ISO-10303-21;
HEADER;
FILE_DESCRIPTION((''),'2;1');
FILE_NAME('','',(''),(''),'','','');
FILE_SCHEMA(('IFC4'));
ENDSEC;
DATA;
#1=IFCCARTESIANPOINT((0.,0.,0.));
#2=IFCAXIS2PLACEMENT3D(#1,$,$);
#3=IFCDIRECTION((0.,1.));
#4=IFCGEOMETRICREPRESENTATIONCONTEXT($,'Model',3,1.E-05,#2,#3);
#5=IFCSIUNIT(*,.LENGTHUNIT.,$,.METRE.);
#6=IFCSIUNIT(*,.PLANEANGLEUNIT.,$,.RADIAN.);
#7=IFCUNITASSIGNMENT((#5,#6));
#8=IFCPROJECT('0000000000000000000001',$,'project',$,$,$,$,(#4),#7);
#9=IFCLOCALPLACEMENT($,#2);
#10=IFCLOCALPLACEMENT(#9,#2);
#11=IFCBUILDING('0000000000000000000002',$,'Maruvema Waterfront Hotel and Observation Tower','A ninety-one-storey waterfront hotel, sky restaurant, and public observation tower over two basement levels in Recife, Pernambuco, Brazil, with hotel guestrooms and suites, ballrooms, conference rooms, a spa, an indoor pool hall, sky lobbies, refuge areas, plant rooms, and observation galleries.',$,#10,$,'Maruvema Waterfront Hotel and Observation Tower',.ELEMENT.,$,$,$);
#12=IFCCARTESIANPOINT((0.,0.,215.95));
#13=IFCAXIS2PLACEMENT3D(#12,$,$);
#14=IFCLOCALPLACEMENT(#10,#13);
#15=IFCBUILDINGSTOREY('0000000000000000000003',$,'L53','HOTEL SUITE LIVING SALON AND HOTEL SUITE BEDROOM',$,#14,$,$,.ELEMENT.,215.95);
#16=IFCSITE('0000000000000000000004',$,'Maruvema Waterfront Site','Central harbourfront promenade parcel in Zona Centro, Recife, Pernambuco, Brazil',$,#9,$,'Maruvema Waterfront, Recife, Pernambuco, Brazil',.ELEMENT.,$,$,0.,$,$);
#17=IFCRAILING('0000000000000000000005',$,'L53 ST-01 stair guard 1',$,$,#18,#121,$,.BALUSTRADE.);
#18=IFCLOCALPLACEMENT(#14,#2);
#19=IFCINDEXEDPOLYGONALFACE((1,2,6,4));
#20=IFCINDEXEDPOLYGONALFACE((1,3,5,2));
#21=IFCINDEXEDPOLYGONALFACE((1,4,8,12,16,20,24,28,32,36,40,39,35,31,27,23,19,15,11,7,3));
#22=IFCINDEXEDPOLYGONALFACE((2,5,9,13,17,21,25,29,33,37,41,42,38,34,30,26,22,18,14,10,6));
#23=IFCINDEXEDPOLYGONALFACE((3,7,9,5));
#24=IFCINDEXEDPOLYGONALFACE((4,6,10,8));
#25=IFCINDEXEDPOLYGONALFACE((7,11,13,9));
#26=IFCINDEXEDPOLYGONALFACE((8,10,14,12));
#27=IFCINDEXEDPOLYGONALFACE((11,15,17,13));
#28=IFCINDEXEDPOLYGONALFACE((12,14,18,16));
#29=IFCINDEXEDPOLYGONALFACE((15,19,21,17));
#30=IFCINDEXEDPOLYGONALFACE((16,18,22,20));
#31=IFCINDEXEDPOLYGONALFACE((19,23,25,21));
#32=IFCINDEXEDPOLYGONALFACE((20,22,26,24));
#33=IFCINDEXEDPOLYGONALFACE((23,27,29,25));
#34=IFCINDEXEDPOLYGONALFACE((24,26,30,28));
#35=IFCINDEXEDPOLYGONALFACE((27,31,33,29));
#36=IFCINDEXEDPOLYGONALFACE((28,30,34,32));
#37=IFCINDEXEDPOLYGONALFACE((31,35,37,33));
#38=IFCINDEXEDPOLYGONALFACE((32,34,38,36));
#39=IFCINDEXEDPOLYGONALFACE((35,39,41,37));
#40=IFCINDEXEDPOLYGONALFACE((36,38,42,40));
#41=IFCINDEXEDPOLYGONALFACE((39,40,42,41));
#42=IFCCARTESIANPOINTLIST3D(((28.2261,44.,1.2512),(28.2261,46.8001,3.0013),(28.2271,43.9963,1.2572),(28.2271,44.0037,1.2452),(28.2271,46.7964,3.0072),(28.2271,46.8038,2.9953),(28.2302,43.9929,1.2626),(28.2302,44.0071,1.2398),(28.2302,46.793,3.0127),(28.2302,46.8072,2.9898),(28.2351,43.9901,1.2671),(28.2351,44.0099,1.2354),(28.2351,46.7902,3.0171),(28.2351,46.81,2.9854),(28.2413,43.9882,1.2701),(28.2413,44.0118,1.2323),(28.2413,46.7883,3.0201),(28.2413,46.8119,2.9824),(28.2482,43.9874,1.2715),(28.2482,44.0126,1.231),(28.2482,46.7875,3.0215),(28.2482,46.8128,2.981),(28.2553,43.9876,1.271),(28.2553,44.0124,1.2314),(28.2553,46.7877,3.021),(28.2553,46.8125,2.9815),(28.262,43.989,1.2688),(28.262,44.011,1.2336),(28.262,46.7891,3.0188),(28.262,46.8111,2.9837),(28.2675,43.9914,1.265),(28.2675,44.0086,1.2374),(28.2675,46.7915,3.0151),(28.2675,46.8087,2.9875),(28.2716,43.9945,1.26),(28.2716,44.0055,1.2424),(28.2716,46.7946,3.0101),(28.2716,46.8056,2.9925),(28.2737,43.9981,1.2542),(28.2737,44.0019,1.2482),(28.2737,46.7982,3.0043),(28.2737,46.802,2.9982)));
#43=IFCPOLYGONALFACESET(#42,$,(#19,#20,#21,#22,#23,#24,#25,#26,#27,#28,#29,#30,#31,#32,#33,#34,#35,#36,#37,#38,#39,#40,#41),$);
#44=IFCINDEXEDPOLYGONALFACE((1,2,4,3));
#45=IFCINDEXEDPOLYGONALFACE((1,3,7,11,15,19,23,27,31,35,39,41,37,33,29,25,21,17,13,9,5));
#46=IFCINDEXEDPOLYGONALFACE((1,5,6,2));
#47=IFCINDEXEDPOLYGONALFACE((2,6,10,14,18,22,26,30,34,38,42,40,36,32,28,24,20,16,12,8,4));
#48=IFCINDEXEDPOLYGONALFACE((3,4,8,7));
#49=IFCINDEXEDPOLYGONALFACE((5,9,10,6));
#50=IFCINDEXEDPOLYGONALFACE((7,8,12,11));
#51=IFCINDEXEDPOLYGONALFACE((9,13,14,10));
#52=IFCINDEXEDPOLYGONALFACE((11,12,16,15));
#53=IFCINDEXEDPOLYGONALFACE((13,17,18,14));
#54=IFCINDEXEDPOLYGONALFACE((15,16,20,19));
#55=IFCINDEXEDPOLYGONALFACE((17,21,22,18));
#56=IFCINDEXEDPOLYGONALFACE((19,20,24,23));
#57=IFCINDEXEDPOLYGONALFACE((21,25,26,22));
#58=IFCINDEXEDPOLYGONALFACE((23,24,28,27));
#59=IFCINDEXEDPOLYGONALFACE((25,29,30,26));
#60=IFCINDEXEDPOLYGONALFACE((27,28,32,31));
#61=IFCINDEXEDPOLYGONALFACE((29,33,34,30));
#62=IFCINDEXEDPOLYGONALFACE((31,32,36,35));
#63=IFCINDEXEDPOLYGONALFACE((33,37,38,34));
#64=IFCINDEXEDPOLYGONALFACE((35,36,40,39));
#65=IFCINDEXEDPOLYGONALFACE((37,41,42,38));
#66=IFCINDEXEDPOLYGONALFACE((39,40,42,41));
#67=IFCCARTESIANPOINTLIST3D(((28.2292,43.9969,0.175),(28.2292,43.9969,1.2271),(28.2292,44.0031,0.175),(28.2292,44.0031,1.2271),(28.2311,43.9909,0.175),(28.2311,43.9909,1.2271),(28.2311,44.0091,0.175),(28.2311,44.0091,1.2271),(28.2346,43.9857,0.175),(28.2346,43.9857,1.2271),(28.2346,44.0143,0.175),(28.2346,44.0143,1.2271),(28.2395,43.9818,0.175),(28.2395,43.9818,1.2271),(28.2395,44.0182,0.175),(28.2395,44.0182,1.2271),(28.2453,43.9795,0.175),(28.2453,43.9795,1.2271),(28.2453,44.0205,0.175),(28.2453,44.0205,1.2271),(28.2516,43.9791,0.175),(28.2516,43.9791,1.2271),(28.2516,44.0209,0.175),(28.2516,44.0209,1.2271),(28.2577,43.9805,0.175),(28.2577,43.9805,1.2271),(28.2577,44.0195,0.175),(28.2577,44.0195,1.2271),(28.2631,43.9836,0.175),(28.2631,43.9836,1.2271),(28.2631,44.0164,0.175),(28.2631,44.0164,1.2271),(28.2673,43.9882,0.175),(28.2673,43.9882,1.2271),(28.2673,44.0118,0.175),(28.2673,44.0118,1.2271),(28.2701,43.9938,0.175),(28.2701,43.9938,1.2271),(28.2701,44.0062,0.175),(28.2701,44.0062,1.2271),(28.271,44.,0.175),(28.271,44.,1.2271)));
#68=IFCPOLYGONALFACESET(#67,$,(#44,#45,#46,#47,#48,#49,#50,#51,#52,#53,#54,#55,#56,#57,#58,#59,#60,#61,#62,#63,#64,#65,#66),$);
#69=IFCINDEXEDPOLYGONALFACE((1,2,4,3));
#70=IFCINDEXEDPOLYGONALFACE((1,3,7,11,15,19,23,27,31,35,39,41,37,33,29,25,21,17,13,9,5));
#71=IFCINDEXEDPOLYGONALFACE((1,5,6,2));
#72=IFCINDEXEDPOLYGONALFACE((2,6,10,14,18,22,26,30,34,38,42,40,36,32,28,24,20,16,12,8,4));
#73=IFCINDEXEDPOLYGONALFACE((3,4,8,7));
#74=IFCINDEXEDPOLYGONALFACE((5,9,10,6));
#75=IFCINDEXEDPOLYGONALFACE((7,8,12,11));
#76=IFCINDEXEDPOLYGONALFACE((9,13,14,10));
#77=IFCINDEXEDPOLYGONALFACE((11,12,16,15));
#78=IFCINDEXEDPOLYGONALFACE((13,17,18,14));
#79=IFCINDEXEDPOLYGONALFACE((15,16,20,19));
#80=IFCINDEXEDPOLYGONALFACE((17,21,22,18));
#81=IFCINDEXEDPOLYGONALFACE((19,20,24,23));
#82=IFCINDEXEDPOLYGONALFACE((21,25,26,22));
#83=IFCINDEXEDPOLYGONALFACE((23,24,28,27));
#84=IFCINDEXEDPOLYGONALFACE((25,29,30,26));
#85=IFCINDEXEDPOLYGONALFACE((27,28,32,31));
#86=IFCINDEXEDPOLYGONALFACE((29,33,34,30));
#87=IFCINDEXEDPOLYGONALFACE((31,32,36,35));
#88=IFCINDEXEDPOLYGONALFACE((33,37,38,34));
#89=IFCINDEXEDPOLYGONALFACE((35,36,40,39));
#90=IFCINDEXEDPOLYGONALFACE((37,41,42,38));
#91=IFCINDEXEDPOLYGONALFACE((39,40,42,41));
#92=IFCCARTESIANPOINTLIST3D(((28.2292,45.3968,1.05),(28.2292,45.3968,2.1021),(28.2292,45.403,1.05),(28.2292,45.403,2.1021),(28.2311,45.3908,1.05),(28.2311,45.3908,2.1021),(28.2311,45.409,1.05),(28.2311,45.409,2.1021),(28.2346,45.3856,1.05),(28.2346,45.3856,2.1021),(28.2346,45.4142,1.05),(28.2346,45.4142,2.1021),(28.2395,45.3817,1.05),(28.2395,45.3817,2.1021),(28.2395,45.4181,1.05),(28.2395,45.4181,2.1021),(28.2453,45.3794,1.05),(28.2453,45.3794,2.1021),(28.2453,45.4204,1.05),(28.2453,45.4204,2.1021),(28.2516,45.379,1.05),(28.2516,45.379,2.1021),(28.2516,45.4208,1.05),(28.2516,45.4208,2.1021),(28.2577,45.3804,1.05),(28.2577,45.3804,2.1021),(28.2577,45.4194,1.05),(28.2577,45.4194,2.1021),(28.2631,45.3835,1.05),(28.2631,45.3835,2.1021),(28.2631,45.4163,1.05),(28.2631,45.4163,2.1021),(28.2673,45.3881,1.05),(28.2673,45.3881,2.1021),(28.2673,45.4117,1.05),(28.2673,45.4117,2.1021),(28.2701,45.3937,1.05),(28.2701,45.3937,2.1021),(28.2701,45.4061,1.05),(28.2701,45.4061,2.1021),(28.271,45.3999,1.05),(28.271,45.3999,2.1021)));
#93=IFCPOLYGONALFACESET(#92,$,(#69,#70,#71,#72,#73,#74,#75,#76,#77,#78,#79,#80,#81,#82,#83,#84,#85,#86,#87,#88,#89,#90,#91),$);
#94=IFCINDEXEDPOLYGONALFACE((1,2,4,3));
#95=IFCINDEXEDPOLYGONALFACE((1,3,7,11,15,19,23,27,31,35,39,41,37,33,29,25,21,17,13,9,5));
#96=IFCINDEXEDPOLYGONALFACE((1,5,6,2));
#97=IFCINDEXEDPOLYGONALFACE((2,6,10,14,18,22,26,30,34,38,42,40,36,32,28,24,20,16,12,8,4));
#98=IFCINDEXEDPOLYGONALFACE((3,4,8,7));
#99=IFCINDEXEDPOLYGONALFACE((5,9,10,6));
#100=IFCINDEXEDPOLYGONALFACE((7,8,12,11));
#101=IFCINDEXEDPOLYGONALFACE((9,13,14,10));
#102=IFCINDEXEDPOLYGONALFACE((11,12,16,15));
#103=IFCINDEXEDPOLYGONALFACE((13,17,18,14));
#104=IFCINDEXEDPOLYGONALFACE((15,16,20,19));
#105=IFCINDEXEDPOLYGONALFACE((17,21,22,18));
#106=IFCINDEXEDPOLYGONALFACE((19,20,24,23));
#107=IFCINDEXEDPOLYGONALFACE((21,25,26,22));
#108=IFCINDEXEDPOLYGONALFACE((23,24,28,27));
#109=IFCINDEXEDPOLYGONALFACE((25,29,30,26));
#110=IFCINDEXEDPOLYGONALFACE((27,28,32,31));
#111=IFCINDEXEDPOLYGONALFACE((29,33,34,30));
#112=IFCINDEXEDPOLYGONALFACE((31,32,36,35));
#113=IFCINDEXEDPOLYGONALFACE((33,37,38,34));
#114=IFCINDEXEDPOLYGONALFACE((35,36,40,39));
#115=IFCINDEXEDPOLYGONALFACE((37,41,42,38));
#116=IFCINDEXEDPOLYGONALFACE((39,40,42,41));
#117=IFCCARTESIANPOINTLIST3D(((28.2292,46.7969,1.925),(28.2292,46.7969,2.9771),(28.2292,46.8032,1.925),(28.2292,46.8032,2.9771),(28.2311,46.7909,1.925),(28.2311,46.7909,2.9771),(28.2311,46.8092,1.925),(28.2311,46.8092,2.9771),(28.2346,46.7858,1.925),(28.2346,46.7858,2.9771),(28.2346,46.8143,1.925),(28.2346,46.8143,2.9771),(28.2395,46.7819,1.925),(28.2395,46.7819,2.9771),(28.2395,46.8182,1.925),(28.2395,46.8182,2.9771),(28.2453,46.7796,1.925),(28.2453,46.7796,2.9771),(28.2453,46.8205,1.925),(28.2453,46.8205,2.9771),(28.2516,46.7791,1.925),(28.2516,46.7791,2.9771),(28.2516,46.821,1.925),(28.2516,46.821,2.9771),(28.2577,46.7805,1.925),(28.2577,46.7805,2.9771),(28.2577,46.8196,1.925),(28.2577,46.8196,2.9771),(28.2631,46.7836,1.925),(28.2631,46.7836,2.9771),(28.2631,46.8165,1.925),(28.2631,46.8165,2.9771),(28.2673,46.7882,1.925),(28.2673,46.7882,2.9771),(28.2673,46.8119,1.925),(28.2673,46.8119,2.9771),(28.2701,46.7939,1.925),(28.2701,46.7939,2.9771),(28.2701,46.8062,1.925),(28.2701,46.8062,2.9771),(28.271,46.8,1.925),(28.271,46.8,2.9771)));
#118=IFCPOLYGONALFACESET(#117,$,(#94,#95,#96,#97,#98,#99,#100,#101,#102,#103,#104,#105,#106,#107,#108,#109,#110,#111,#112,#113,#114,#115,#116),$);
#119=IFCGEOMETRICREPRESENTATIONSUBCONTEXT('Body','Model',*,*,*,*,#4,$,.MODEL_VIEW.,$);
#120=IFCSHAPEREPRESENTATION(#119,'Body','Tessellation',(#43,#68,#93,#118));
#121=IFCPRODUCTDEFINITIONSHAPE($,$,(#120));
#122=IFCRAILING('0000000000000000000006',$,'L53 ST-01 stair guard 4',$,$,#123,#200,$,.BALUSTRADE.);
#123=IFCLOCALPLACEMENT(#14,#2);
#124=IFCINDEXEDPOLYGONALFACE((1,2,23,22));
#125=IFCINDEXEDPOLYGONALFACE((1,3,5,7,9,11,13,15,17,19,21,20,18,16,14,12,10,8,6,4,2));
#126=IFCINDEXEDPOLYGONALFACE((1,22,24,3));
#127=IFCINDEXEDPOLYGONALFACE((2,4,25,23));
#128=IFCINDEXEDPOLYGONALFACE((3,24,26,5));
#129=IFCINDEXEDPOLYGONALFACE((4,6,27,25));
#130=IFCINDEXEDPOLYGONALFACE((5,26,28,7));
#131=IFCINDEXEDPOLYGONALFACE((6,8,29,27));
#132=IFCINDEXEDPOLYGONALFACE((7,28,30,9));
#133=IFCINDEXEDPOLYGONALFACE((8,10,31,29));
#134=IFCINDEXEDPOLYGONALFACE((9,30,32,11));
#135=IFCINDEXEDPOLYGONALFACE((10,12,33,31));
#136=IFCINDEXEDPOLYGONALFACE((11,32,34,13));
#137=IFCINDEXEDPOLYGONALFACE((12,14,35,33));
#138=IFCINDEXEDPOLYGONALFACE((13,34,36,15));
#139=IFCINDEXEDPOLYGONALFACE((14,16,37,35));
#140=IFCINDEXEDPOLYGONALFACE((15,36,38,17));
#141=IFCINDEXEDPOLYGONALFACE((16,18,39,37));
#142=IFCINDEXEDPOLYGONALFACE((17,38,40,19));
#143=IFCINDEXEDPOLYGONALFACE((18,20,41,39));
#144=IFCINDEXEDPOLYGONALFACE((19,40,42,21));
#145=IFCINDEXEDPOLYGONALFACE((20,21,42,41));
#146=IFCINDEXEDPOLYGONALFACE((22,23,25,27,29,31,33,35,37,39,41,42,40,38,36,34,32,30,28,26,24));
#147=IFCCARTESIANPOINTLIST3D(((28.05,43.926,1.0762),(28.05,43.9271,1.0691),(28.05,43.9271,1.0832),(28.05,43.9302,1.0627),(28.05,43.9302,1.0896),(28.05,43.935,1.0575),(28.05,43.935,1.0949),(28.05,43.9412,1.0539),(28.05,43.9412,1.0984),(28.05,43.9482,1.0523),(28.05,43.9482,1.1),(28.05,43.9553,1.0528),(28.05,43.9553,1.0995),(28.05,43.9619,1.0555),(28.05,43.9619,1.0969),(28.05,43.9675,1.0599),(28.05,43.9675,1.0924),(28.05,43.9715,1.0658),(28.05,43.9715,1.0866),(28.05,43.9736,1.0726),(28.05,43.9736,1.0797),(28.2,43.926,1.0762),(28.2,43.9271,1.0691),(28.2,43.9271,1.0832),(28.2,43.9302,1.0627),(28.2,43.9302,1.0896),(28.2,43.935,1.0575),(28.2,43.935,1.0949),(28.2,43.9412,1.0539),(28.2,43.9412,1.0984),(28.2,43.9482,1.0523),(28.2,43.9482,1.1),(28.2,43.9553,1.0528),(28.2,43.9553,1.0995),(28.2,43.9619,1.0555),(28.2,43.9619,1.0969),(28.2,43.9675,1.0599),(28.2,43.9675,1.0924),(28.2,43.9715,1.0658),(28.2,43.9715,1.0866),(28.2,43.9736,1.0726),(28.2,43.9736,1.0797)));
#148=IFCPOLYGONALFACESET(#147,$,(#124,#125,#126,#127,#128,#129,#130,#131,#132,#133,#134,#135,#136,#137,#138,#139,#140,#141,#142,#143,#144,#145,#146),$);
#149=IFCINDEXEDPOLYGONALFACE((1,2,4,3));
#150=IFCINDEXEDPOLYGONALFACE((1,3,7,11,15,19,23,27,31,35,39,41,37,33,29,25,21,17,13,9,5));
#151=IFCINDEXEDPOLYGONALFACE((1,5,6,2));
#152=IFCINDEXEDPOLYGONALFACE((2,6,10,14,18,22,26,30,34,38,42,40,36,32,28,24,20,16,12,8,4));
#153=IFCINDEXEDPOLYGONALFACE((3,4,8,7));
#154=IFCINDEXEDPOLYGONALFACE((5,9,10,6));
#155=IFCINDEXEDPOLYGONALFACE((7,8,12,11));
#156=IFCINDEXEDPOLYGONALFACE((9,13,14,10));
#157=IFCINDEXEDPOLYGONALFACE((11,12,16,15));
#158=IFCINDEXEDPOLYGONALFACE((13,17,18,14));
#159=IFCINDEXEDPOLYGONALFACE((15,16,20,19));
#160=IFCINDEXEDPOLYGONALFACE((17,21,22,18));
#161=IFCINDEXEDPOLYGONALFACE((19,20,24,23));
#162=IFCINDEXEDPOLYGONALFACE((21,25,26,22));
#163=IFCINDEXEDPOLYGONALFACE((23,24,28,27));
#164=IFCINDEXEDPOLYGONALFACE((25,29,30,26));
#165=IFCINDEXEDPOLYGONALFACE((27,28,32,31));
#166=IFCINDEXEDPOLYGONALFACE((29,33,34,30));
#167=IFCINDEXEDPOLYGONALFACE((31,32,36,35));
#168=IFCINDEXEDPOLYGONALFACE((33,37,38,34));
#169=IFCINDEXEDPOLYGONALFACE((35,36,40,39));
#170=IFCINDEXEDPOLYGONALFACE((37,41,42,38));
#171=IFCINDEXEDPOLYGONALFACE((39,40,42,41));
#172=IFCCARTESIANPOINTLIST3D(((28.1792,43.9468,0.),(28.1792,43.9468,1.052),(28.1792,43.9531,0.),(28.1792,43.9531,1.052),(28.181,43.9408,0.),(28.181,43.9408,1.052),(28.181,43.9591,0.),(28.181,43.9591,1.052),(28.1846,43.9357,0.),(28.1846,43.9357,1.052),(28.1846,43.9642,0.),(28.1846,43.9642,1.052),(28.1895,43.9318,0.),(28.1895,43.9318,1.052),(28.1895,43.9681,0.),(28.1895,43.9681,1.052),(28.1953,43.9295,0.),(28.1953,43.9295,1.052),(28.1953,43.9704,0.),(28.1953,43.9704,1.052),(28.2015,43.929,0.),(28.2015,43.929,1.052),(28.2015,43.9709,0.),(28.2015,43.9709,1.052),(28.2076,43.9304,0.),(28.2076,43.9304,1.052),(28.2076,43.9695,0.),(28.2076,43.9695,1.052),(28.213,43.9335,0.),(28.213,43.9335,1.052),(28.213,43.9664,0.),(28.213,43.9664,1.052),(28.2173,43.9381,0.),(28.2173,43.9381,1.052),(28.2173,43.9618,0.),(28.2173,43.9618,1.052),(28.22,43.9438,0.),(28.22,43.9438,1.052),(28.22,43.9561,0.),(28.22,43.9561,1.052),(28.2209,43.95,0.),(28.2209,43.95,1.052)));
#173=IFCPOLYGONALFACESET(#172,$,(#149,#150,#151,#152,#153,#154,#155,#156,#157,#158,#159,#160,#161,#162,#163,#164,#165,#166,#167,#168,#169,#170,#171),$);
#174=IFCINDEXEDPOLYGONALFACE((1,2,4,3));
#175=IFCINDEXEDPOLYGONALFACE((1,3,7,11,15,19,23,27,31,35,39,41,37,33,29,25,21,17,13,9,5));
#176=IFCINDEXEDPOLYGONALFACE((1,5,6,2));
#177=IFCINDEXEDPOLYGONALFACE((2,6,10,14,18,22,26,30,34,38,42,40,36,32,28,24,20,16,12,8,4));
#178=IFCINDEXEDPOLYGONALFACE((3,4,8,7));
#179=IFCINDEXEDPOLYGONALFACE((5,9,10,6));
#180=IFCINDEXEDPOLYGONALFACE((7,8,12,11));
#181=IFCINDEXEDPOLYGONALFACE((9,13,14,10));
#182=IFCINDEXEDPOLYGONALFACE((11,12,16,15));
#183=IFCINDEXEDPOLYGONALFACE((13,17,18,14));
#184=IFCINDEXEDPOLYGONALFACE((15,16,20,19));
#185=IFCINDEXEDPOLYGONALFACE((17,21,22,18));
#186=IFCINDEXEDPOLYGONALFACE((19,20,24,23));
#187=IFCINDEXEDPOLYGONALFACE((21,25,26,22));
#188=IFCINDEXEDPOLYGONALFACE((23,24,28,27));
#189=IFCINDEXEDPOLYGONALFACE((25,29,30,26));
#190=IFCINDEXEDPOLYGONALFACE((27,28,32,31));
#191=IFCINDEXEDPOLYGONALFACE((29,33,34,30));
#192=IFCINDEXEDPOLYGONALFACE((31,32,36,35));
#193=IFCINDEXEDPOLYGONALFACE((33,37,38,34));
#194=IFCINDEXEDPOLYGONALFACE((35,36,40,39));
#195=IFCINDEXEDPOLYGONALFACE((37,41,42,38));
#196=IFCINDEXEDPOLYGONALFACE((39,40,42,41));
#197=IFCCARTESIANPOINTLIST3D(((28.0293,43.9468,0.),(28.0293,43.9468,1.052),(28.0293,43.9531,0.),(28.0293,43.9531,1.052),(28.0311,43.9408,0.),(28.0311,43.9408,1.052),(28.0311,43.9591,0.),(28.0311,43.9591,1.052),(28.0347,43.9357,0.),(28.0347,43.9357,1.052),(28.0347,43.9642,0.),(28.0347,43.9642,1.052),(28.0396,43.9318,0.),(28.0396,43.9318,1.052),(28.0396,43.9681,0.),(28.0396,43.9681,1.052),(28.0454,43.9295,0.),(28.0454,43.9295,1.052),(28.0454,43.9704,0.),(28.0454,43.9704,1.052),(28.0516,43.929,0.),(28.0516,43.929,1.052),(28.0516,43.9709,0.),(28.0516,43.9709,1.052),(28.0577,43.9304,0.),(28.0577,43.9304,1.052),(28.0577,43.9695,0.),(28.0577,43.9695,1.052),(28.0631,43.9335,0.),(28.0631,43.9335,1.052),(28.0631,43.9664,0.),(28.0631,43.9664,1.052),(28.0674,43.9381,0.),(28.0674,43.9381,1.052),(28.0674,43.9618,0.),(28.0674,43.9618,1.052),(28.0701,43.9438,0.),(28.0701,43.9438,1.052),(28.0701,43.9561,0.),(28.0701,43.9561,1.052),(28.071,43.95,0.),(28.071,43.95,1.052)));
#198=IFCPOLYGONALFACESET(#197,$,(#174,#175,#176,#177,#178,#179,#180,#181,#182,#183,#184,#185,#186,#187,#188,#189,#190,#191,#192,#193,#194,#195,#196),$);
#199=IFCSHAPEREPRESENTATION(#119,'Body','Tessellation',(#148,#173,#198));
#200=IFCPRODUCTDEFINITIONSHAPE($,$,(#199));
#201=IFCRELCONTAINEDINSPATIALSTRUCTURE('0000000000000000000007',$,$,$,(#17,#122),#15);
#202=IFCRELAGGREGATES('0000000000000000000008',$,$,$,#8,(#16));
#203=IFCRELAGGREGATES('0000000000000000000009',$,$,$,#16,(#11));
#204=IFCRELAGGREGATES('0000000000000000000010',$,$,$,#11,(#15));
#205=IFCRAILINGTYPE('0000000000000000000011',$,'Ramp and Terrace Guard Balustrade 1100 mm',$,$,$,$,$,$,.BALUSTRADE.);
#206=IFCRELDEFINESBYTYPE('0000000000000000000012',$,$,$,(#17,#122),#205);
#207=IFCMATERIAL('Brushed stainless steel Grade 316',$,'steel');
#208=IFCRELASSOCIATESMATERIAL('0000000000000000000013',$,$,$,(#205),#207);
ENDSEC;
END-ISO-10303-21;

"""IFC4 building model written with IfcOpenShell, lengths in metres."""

from ifc_helpers import new_model, si_unit, direction, frame, origin, origin_2d, place, context, subcontext, project, spatial, circle, extrude, material, type_object, element, save


model = new_model("IFC4")

# Units and contexts
model_context = context("Model", 3, precision=1e-05, world=origin(), true_north=direction((0.0, 1.0)))
body_context = subcontext(model_context, "Body", "Model", "MODEL_VIEW")
ifc_project = project(units=[si_unit("LENGTHUNIT", "METRE"), si_unit("PLANEANGLEUNIT", "RADIAN")], contexts=[model_context])

# Site, building, storey
site_placement = place(None, origin())
site = spatial("IfcSite", under=ifc_project, at=site_placement, Name="Maruvema Waterfront Site", Description="Central harbourfront promenade parcel in Zona Centro, Recife, Pernambuco, Brazil", LongName="Maruvema Waterfront, Recife, Pernambuco, Brazil", CompositionType="ELEMENT", RefElevation=0.0)
building_placement = place(site_placement, origin())
building = spatial("IfcBuilding", under=site, at=building_placement, Name="Maruvema Waterfront Hotel and Observation Tower", Description="A ninety-one-storey waterfront hotel, sky restaurant, and public observation tower over two basement levels in Recife, Pernambuco, Brazil, with hotel guestrooms and suites, ballrooms, conference rooms, a spa, an indoor pool hall, sky lobbies, refuge areas, plant rooms, and observation galleries.", LongName="Maruvema Waterfront Hotel and Observation Tower", CompositionType="ELEMENT")
storey_placement = place(building_placement, frame((0.0, 0.0, 215.95)))
storey = spatial("IfcBuildingStorey", under=building, at=storey_placement, Name="L53", Description="HOTEL SUITE LIVING SALON AND HOTEL SUITE BEDROOM", CompositionType="ELEMENT", Elevation=215.95)

# Railings
ifc_material_1 = material(Name="Brushed stainless steel Grade 316", Category="steel")
railing_type_1 = type_object("IfcRailingType", Name="Ramp and Terrace Guard Balustrade 1100 mm", PredefinedType="BALUSTRADE", material=ifc_material_1)
railing_1_placement = place(storey_placement, frame((28.25, 44.0, 0.175)))
element("IfcRailing", 1, at=railing_1_placement, inside=storey, type_object=railing_type_1, Name="L53 ST-01 stair guard 1", PredefinedType="BALUSTRADE", context=body_context, shape_type="SweptSolid", body=[
    extrude(circle(Radius=0.0239, at=origin_2d()), frame((0.0, 0.0, 1.0762), z_axis=(0.0, 0.848002, 0.529992), x_axis=(-1.0, 0.0, 0.0)), (0.0, 0.0, 1.0), 3.302),
    extrude(circle(Radius=0.021, at=origin_2d()), origin(), (0.0, 0.0, 1.0), 1.052),
    extrude(circle(Radius=0.021, at=origin_2d()), frame((0.0, 1.3999, 0.875)), (0.0, 0.0, 1.0), 1.052),
    extrude(circle(Radius=0.021, at=origin_2d()), frame((0.0, 2.8, 1.75)), (0.0, 0.0, 1.0), 1.052),
])
railing_2_placement = place(storey_placement, frame((28.2, 43.95, 0.0)))
element("IfcRailing", 2, at=railing_2_placement, inside=storey, type_object=railing_type_1, Name="L53 ST-01 stair guard 4", PredefinedType="BALUSTRADE", context=body_context, shape_type="SweptSolid", body=[
    extrude(circle(Radius=0.0239, at=origin_2d()), frame((0.0, 0.0, 1.0762), z_axis=(-1.0, 0.0, 0.0), x_axis=(0.0, -1.0, 0.0)), (0.0, 0.0, 1.0), 0.1499),
    extrude(circle(Radius=0.021, at=origin_2d()), origin(), (0.0, 0.0, 1.0), 1.052),
    extrude(circle(Radius=0.021, at=origin_2d()), frame((-0.1499, 0.0, 0.0)), (0.0, 0.0, 1.0), 1.052),
])

save(model, "model.ifc")
